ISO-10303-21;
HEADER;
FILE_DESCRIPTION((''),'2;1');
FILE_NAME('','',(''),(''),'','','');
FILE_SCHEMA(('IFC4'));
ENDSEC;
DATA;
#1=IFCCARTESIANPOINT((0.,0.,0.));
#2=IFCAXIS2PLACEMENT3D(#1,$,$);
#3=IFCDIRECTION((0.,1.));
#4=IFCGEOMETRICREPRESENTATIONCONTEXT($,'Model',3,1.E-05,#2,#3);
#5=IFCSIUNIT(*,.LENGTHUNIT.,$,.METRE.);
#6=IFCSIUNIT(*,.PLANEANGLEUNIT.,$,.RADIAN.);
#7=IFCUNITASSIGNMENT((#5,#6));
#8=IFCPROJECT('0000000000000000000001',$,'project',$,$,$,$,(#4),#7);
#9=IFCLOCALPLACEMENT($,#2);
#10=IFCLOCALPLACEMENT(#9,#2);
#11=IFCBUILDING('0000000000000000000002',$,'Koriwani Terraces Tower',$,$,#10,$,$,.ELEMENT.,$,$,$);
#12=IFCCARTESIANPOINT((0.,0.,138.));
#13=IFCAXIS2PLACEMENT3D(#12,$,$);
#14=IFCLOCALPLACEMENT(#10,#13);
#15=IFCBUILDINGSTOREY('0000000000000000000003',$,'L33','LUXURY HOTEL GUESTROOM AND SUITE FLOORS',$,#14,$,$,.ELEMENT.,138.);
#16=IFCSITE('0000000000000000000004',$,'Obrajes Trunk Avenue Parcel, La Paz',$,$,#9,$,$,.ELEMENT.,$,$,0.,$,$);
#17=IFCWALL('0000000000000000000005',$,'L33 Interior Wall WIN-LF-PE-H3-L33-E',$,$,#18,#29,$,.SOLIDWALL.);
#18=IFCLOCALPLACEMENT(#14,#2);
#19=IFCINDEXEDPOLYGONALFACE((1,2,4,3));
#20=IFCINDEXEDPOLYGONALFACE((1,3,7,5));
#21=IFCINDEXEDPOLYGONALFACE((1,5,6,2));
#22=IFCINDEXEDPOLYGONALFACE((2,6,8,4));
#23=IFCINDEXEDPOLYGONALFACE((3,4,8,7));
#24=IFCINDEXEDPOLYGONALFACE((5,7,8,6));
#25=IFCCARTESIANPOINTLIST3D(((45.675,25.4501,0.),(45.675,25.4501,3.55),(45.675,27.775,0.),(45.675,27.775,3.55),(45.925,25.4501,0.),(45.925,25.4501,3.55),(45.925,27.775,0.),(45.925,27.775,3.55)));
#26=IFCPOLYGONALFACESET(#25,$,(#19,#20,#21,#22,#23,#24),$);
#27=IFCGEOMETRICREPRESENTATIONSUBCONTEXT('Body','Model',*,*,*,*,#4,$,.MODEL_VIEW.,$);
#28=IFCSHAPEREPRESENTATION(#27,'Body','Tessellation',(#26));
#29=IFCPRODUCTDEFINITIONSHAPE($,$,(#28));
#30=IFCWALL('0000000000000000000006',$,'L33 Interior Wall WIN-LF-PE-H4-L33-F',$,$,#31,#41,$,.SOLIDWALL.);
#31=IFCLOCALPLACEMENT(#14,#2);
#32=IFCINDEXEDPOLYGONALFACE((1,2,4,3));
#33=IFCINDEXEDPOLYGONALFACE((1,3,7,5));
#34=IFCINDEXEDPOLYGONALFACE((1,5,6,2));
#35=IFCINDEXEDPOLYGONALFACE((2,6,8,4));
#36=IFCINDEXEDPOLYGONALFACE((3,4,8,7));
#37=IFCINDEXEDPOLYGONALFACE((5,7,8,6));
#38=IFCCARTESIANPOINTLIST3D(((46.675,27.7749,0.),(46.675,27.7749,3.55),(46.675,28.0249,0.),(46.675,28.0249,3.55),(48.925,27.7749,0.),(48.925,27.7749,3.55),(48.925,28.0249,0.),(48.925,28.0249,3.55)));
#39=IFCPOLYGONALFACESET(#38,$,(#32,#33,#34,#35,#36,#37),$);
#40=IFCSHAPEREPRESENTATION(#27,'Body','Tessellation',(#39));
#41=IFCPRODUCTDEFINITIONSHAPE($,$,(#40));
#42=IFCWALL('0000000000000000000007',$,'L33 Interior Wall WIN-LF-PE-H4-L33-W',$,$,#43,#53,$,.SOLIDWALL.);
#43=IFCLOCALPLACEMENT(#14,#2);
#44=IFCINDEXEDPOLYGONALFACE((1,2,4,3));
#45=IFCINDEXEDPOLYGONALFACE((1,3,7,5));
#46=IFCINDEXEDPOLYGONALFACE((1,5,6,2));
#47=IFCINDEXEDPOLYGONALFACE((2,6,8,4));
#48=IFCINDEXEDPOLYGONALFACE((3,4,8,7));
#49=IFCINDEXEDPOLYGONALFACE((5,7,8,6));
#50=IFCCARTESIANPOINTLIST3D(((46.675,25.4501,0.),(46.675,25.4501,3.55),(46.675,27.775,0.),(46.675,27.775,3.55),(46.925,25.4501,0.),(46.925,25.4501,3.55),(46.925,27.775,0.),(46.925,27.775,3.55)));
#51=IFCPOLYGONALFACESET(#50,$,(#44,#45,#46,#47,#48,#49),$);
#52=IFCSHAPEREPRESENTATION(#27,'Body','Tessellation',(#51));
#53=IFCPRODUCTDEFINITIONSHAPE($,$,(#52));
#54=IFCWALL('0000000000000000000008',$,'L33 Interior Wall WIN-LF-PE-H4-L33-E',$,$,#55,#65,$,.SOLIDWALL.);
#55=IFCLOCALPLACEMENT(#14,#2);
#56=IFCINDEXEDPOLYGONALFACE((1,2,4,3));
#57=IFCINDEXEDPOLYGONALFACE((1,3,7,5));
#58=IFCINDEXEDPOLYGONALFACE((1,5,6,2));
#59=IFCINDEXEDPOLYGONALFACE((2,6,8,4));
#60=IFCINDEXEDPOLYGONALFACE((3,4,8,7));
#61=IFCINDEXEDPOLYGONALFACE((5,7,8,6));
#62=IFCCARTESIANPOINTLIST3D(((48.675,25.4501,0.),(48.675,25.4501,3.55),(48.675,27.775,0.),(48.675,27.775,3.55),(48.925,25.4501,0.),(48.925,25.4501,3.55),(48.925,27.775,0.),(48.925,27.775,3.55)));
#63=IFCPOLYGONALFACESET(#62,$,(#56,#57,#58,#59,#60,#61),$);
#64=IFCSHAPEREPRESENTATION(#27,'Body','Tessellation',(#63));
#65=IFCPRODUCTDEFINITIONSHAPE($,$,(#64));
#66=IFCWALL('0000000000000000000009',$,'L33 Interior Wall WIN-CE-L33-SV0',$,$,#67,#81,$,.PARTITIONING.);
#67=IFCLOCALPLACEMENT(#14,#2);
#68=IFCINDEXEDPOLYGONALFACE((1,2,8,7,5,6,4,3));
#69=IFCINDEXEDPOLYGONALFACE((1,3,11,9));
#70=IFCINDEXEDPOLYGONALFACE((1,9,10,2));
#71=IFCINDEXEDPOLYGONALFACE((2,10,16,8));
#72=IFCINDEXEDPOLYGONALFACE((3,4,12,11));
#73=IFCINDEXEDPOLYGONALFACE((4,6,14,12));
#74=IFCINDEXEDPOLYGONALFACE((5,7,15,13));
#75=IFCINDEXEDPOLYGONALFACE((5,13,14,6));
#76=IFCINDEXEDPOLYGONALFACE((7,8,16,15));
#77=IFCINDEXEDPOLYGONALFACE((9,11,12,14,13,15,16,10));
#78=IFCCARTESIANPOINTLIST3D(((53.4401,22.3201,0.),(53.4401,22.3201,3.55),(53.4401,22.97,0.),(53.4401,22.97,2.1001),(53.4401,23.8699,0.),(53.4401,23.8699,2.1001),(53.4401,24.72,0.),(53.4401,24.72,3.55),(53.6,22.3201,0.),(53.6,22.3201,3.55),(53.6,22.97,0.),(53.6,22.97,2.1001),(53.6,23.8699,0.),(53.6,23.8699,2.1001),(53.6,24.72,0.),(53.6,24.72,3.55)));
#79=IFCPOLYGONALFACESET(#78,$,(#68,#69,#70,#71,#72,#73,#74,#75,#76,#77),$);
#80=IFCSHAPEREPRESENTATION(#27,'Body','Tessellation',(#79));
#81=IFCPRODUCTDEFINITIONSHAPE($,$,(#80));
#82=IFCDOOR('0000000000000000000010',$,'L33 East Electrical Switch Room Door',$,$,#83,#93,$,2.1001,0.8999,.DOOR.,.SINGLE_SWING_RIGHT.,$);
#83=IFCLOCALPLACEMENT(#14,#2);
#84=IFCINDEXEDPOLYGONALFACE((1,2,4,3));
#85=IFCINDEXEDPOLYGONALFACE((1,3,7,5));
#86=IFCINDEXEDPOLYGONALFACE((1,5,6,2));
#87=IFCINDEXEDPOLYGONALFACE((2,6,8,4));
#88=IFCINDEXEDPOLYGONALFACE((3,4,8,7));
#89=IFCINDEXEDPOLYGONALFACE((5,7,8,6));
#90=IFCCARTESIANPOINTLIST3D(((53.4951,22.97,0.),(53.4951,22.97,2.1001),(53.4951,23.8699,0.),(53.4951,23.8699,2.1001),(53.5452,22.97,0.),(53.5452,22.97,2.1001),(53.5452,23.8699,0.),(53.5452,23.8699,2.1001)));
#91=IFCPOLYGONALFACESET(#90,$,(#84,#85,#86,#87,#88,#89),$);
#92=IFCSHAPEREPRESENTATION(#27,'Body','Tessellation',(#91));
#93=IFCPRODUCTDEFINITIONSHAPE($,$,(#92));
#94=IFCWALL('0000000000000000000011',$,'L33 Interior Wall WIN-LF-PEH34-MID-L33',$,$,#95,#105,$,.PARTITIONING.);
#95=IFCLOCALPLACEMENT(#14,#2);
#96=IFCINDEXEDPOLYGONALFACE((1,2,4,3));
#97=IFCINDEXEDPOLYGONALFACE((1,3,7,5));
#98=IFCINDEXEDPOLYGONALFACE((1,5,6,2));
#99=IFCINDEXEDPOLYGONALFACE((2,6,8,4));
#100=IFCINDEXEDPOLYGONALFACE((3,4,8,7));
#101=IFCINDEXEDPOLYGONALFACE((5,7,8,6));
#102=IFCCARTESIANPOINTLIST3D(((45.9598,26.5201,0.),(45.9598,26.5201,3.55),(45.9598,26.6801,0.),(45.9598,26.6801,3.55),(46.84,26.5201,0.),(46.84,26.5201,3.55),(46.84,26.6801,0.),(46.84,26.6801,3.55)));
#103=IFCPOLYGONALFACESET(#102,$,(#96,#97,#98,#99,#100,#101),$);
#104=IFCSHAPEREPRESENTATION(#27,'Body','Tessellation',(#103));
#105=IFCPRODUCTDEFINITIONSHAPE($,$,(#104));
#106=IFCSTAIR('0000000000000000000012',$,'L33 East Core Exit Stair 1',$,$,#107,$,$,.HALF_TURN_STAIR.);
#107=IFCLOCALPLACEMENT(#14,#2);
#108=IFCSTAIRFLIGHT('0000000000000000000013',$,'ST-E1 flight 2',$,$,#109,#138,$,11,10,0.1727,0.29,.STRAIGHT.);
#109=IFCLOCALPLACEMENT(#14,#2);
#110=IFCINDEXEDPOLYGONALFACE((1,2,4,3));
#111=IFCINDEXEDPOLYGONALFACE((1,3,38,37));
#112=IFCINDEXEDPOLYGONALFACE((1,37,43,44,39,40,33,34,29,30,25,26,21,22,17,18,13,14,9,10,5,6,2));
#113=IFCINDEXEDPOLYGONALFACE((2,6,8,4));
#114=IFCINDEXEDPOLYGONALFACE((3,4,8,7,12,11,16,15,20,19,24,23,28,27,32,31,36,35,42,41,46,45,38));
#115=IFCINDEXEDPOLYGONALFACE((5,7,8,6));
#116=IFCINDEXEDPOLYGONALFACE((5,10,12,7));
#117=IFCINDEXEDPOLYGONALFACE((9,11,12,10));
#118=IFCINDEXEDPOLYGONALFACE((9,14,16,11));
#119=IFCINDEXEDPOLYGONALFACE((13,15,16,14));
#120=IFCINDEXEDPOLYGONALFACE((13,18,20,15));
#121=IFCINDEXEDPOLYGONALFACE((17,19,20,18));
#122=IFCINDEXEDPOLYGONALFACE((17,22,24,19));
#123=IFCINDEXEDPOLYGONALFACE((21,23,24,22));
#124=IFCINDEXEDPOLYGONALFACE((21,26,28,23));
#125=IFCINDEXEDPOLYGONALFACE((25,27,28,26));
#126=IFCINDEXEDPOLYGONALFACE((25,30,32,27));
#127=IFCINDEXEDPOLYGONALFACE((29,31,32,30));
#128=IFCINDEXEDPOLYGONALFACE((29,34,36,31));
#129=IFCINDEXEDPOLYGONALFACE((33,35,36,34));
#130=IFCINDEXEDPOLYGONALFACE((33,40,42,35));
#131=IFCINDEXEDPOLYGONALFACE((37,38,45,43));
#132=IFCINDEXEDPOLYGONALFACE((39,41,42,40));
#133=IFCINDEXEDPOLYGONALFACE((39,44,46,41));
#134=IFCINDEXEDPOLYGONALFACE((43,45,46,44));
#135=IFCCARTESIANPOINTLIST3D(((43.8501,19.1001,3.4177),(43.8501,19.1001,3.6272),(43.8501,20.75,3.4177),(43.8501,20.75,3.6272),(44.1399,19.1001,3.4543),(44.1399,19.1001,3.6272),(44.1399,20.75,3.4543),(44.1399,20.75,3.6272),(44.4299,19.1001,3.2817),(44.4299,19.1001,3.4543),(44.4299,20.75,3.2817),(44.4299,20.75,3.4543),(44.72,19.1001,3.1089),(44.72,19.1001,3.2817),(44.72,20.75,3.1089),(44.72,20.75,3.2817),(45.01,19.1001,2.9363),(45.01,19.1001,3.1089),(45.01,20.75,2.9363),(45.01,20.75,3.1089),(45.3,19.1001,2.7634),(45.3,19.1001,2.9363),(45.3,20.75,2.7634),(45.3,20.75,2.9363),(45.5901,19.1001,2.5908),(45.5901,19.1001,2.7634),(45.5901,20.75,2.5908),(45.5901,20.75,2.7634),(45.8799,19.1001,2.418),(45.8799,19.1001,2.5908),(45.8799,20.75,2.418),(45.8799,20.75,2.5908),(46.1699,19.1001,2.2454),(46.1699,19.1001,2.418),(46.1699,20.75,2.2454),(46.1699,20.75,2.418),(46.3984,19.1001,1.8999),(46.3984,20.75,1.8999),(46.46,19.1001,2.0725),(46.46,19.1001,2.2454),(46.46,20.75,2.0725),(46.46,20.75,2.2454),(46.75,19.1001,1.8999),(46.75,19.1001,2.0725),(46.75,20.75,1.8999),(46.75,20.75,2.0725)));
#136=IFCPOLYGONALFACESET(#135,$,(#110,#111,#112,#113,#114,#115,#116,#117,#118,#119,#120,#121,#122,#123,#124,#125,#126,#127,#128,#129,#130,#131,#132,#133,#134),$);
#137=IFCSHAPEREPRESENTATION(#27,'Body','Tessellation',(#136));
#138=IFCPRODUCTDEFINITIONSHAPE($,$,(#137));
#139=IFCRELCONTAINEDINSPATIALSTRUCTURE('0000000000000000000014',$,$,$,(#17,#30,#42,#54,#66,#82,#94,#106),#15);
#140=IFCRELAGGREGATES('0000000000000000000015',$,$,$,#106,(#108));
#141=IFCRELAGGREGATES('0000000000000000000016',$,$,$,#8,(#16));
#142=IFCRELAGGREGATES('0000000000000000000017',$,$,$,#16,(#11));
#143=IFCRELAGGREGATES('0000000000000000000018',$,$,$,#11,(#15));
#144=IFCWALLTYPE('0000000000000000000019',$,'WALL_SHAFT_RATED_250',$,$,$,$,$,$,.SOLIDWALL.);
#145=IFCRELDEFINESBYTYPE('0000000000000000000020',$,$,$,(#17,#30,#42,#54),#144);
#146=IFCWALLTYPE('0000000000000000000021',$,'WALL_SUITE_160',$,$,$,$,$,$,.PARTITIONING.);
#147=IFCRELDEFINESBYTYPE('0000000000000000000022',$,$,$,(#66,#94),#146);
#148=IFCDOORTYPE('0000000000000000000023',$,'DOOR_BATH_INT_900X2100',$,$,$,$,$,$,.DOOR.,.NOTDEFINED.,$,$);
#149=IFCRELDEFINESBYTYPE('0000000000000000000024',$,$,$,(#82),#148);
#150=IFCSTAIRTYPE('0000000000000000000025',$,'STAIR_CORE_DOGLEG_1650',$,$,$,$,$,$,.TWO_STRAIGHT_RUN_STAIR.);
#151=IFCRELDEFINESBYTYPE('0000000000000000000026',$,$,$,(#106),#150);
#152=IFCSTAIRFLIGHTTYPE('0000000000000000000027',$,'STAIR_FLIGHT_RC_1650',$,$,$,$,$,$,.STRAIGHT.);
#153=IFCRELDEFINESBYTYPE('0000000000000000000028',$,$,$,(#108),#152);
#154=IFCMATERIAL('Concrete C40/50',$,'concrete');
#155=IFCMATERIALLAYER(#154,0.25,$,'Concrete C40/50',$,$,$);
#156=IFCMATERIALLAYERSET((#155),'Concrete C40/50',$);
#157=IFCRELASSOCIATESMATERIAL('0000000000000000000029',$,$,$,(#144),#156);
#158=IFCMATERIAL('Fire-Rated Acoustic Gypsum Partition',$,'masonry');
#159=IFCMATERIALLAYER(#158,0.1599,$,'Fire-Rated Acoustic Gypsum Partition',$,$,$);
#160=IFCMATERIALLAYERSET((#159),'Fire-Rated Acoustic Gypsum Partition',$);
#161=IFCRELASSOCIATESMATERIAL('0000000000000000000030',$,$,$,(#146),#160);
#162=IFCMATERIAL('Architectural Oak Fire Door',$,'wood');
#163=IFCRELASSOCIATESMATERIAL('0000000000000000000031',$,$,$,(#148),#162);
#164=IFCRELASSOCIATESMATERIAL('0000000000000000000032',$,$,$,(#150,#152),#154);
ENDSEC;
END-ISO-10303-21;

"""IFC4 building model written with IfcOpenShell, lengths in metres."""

from ifc_helpers import new_model, si_unit, direction, frame, frame_2d, origin, place, context, subcontext, project, spatial, polyline, rectangle, outline, extrude, material, layer, layer_set, type_object, element, fill, aggregate, save


model = new_model("IFC4")

# Units and contexts
model_context = context("Model", 3, precision=1e-05, world=origin(), true_north=direction((0.0, 1.0)))
body_context = subcontext(model_context, "Body", "Model", "MODEL_VIEW")
ifc_project = project(units=[si_unit("LENGTHUNIT", "METRE"), si_unit("PLANEANGLEUNIT", "RADIAN")], contexts=[model_context])

# Site, building, storey
site_placement = place(None, origin())
site = spatial("IfcSite", under=ifc_project, at=site_placement, Name="Obrajes Trunk Avenue Parcel, La Paz", CompositionType="ELEMENT", RefElevation=0.0)
building_placement = place(site_placement, origin())
building = spatial("IfcBuilding", under=site, at=building_placement, Name="Koriwani Terraces Tower", CompositionType="ELEMENT")
storey_placement = place(building_placement, frame((0.0, 0.0, 138.0)))
storey = spatial("IfcBuildingStorey", under=building, at=storey_placement, Name="L33", Description="LUXURY HOTEL GUESTROOM AND SUITE FLOORS", CompositionType="ELEMENT", Elevation=138.0)

# Shared definitions
ifc_material_1 = material(Name="Architectural Oak Fire Door", Category="wood")

# Shared definitions
ifc_material_2 = material(Name="Concrete C40/50", Category="concrete")
ifc_layer_1 = layer(ifc_material_2, 0.25, Name="Concrete C40/50")
ifc_layer_set_1 = layer_set([ifc_layer_1], Name="Concrete C40/50")
wall_type_1 = type_object("IfcWallType", Name="WALL_SHAFT_RATED_250", PredefinedType="SOLIDWALL", material=ifc_layer_set_1)

# Walls
for number, where, z_axis, x_axis, name in (
    (1, (45.8, 25.45, 0.0), (0.0, 0.0, 1.0), (0.0, 1.0, 0.0), "L33 Interior Wall WIN-LF-PE-H3-L33-E"),
):
    element("IfcWall", number, at=place(storey_placement, frame(where, z_axis=z_axis, x_axis=x_axis)), inside=storey, type_object=wall_type_1, Name=name, PredefinedType="SOLIDWALL", context=body_context, shape_type="SweptSolid", body=[
        extrude(rectangle(XDim=2.325, YDim=0.25, at=frame_2d((1.1626, 0.0))), origin(), (0.0, 0.0, 1.0), 3.55),
    ])
wall_1_placement = place(storey_placement, frame((46.675, 27.8999, 0.0), z_axis=(0.0, 0.0, 1.0), x_axis=(1.0, 0.0, 0.0)))
element("IfcWall", 2, at=wall_1_placement, inside=storey, type_object=wall_type_1, Name="L33 Interior Wall WIN-LF-PE-H4-L33-F", PredefinedType="SOLIDWALL", context=body_context, shape_type="SweptSolid", body=[
    extrude(rectangle(XDim=2.25, YDim=0.25, at=frame_2d((1.125, 0.0))), origin(), (0.0, 0.0, 1.0), 3.55),
])
for number, where, z_axis, x_axis, name in (
    (3, (46.8, 25.45, 0.0), (0.0, 0.0, 1.0), (0.0, 1.0, 0.0), "L33 Interior Wall WIN-LF-PE-H4-L33-W"),
    (4, (48.8, 25.45, 0.0), (0.0, 0.0, 1.0), (0.0, 1.0, 0.0), "L33 Interior Wall WIN-LF-PE-H4-L33-E"),
):
    element("IfcWall", number, at=place(storey_placement, frame(where, z_axis=z_axis, x_axis=x_axis)), inside=storey, type_object=wall_type_1, Name=name, PredefinedType="SOLIDWALL", context=body_context, shape_type="SweptSolid", body=[
        extrude(rectangle(XDim=2.325, YDim=0.25, at=frame_2d((1.1626, 0.0))), origin(), (0.0, 0.0, 1.0), 3.55),
    ])

# Wall, opening, door
ifc_material_3 = material(Name="Fire-Rated Acoustic Gypsum Partition", Category="masonry")
ifc_layer_2 = layer(ifc_material_3, 0.1599, Name="Fire-Rated Acoustic Gypsum Partition")
ifc_layer_set_2 = layer_set([ifc_layer_2], Name="Fire-Rated Acoustic Gypsum Partition")
wall_type_2 = type_object("IfcWallType", Name="WALL_SUITE_160", PredefinedType="PARTITIONING", material=ifc_layer_set_2)
wall_2_placement = place(storey_placement, frame((53.52, 22.3201, 0.0), z_axis=(0.0, 0.0, 1.0), x_axis=(0.0, 1.0, 0.0)))
wall_2 = element("IfcWall", 5, at=wall_2_placement, inside=storey, type_object=wall_type_2, Name="L33 Interior Wall WIN-CE-L33-SV0", PredefinedType="PARTITIONING", context=body_context, shape_type="SweptSolid", body=[
    extrude(rectangle(XDim=2.3999, YDim=0.1599, at=frame_2d((1.2, 0.0))), origin(), (0.0, 0.0, 1.0), 3.55),
])
opening_1_placement = place(wall_2_placement, frame((0.6499, 0.0, 0.0)))
opening_1 = element("IfcOpeningElement", 6, at=opening_1_placement, cuts=wall_2, PredefinedType="OPENING", context=body_context, shape_type="SweptSolid", body=[
    extrude(rectangle(XDim=0.8999, YDim=2.1001, at=frame_2d((0.45, 1.05))), frame((0.0, 0.0898, 0.0), z_axis=(0.0, -1.0, 0.0), x_axis=(1.0, 0.0, 0.0)), (0.0, 0.0, 1.0), 0.1799),
])
door_type_1 = type_object("IfcDoorType", Name="DOOR_BATH_INT_900X2100", OperationType="NOTDEFINED", PredefinedType="DOOR", material=ifc_material_1)
door_1_placement = place(opening_1_placement, origin())
door_1 = element("IfcDoor", 7, at=door_1_placement, inside=storey, type_object=door_type_1, Name="L33 East Electrical Switch Room Door", OperationType="SINGLE_SWING_RIGHT", OverallHeight=2.1001, OverallWidth=0.8999, PredefinedType="DOOR", context=body_context, shape_type="SweptSolid", body=[
    extrude(rectangle(XDim=0.8999, YDim=2.1001, at=frame_2d((0.45, 1.05))), frame((0.0, 0.0249, 0.0), z_axis=(0.0, -1.0, 0.0), x_axis=(1.0, 0.0, 0.0)), (0.0, 0.0, 1.0), 0.05),
])
fill(opening_1, door_1)

# Wall
wall_3_placement = place(storey_placement, frame((45.96, 26.6001, 0.0), z_axis=(0.0, 0.0, 1.0), x_axis=(1.0, 0.0, 0.0)))
element("IfcWall", 8, at=wall_3_placement, inside=storey, type_object=wall_type_2, Name="L33 Interior Wall WIN-LF-PEH34-MID-L33", PredefinedType="PARTITIONING", context=body_context, shape_type="SweptSolid", body=[
    extrude(rectangle(XDim=0.8801, YDim=0.1599, at=frame_2d((0.4399, 0.0))), origin(), (0.0, 0.0, 1.0), 3.55),
])

# Stair, stair flight
stair_type = type_object("IfcStairType", Name="STAIR_CORE_DOGLEG_1650", PredefinedType="TWO_STRAIGHT_RUN_STAIR", material=ifc_material_2)
stair_placement = place(storey_placement, origin())
stair = element("IfcStair", 9, at=stair_placement, inside=storey, type_object=stair_type, Name="L33 East Core Exit Stair 1", PredefinedType="HALF_TURN_STAIR")
stair_flight_type = type_object("IfcStairFlightType", Name="STAIR_FLIGHT_RC_1650", PredefinedType="STRAIGHT", material=ifc_material_2)
stair_flight_placement = place(storey_placement, frame((46.75, 19.925, 1.8999), z_axis=(0.0, 0.0, 1.0), x_axis=(-1.0, 0.0, 0.0)))
stair_flight = element("IfcStairFlight", 10, at=stair_flight_placement, type_object=stair_flight_type, Name="ST-E1 flight 2", NumberOfRisers=11, NumberOfTreads=10, PredefinedType="STRAIGHT", RiserHeight=0.1727, TreadLength=0.29, context=body_context, shape_type="SweptSolid", body=[
    extrude(outline(polyline([(0.0, 0.0), (0.0, 0.1726), (0.29, 0.1726), (0.29, 0.3455), (0.5801, 0.3455), (0.5801, 0.5181), (0.8701, 0.5181), (0.8701, 0.6909), (1.1599, 0.6909), (1.1599, 0.8635), (1.45, 0.8635), (1.45, 1.0364), (1.74, 1.0364), (1.74, 1.209), (2.03, 1.209), (2.03, 1.3818), (2.3201, 1.3818), (2.3201, 1.5544), (2.6101, 1.5544), (2.6101, 1.7273), (2.8999, 1.7273), (2.8999, 1.8999), (2.8999, 1.5178), (0.3516, 0.0), (0.0, 0.0)])), frame((0.0, 0.825, 0.0), z_axis=(0.0, -1.0, 0.0), x_axis=(1.0, 0.0, 0.0)), (0.0, 0.0, 1.0), 1.6499),
])
aggregate(stair, [stair_flight])

save(model, "model.ifc")
